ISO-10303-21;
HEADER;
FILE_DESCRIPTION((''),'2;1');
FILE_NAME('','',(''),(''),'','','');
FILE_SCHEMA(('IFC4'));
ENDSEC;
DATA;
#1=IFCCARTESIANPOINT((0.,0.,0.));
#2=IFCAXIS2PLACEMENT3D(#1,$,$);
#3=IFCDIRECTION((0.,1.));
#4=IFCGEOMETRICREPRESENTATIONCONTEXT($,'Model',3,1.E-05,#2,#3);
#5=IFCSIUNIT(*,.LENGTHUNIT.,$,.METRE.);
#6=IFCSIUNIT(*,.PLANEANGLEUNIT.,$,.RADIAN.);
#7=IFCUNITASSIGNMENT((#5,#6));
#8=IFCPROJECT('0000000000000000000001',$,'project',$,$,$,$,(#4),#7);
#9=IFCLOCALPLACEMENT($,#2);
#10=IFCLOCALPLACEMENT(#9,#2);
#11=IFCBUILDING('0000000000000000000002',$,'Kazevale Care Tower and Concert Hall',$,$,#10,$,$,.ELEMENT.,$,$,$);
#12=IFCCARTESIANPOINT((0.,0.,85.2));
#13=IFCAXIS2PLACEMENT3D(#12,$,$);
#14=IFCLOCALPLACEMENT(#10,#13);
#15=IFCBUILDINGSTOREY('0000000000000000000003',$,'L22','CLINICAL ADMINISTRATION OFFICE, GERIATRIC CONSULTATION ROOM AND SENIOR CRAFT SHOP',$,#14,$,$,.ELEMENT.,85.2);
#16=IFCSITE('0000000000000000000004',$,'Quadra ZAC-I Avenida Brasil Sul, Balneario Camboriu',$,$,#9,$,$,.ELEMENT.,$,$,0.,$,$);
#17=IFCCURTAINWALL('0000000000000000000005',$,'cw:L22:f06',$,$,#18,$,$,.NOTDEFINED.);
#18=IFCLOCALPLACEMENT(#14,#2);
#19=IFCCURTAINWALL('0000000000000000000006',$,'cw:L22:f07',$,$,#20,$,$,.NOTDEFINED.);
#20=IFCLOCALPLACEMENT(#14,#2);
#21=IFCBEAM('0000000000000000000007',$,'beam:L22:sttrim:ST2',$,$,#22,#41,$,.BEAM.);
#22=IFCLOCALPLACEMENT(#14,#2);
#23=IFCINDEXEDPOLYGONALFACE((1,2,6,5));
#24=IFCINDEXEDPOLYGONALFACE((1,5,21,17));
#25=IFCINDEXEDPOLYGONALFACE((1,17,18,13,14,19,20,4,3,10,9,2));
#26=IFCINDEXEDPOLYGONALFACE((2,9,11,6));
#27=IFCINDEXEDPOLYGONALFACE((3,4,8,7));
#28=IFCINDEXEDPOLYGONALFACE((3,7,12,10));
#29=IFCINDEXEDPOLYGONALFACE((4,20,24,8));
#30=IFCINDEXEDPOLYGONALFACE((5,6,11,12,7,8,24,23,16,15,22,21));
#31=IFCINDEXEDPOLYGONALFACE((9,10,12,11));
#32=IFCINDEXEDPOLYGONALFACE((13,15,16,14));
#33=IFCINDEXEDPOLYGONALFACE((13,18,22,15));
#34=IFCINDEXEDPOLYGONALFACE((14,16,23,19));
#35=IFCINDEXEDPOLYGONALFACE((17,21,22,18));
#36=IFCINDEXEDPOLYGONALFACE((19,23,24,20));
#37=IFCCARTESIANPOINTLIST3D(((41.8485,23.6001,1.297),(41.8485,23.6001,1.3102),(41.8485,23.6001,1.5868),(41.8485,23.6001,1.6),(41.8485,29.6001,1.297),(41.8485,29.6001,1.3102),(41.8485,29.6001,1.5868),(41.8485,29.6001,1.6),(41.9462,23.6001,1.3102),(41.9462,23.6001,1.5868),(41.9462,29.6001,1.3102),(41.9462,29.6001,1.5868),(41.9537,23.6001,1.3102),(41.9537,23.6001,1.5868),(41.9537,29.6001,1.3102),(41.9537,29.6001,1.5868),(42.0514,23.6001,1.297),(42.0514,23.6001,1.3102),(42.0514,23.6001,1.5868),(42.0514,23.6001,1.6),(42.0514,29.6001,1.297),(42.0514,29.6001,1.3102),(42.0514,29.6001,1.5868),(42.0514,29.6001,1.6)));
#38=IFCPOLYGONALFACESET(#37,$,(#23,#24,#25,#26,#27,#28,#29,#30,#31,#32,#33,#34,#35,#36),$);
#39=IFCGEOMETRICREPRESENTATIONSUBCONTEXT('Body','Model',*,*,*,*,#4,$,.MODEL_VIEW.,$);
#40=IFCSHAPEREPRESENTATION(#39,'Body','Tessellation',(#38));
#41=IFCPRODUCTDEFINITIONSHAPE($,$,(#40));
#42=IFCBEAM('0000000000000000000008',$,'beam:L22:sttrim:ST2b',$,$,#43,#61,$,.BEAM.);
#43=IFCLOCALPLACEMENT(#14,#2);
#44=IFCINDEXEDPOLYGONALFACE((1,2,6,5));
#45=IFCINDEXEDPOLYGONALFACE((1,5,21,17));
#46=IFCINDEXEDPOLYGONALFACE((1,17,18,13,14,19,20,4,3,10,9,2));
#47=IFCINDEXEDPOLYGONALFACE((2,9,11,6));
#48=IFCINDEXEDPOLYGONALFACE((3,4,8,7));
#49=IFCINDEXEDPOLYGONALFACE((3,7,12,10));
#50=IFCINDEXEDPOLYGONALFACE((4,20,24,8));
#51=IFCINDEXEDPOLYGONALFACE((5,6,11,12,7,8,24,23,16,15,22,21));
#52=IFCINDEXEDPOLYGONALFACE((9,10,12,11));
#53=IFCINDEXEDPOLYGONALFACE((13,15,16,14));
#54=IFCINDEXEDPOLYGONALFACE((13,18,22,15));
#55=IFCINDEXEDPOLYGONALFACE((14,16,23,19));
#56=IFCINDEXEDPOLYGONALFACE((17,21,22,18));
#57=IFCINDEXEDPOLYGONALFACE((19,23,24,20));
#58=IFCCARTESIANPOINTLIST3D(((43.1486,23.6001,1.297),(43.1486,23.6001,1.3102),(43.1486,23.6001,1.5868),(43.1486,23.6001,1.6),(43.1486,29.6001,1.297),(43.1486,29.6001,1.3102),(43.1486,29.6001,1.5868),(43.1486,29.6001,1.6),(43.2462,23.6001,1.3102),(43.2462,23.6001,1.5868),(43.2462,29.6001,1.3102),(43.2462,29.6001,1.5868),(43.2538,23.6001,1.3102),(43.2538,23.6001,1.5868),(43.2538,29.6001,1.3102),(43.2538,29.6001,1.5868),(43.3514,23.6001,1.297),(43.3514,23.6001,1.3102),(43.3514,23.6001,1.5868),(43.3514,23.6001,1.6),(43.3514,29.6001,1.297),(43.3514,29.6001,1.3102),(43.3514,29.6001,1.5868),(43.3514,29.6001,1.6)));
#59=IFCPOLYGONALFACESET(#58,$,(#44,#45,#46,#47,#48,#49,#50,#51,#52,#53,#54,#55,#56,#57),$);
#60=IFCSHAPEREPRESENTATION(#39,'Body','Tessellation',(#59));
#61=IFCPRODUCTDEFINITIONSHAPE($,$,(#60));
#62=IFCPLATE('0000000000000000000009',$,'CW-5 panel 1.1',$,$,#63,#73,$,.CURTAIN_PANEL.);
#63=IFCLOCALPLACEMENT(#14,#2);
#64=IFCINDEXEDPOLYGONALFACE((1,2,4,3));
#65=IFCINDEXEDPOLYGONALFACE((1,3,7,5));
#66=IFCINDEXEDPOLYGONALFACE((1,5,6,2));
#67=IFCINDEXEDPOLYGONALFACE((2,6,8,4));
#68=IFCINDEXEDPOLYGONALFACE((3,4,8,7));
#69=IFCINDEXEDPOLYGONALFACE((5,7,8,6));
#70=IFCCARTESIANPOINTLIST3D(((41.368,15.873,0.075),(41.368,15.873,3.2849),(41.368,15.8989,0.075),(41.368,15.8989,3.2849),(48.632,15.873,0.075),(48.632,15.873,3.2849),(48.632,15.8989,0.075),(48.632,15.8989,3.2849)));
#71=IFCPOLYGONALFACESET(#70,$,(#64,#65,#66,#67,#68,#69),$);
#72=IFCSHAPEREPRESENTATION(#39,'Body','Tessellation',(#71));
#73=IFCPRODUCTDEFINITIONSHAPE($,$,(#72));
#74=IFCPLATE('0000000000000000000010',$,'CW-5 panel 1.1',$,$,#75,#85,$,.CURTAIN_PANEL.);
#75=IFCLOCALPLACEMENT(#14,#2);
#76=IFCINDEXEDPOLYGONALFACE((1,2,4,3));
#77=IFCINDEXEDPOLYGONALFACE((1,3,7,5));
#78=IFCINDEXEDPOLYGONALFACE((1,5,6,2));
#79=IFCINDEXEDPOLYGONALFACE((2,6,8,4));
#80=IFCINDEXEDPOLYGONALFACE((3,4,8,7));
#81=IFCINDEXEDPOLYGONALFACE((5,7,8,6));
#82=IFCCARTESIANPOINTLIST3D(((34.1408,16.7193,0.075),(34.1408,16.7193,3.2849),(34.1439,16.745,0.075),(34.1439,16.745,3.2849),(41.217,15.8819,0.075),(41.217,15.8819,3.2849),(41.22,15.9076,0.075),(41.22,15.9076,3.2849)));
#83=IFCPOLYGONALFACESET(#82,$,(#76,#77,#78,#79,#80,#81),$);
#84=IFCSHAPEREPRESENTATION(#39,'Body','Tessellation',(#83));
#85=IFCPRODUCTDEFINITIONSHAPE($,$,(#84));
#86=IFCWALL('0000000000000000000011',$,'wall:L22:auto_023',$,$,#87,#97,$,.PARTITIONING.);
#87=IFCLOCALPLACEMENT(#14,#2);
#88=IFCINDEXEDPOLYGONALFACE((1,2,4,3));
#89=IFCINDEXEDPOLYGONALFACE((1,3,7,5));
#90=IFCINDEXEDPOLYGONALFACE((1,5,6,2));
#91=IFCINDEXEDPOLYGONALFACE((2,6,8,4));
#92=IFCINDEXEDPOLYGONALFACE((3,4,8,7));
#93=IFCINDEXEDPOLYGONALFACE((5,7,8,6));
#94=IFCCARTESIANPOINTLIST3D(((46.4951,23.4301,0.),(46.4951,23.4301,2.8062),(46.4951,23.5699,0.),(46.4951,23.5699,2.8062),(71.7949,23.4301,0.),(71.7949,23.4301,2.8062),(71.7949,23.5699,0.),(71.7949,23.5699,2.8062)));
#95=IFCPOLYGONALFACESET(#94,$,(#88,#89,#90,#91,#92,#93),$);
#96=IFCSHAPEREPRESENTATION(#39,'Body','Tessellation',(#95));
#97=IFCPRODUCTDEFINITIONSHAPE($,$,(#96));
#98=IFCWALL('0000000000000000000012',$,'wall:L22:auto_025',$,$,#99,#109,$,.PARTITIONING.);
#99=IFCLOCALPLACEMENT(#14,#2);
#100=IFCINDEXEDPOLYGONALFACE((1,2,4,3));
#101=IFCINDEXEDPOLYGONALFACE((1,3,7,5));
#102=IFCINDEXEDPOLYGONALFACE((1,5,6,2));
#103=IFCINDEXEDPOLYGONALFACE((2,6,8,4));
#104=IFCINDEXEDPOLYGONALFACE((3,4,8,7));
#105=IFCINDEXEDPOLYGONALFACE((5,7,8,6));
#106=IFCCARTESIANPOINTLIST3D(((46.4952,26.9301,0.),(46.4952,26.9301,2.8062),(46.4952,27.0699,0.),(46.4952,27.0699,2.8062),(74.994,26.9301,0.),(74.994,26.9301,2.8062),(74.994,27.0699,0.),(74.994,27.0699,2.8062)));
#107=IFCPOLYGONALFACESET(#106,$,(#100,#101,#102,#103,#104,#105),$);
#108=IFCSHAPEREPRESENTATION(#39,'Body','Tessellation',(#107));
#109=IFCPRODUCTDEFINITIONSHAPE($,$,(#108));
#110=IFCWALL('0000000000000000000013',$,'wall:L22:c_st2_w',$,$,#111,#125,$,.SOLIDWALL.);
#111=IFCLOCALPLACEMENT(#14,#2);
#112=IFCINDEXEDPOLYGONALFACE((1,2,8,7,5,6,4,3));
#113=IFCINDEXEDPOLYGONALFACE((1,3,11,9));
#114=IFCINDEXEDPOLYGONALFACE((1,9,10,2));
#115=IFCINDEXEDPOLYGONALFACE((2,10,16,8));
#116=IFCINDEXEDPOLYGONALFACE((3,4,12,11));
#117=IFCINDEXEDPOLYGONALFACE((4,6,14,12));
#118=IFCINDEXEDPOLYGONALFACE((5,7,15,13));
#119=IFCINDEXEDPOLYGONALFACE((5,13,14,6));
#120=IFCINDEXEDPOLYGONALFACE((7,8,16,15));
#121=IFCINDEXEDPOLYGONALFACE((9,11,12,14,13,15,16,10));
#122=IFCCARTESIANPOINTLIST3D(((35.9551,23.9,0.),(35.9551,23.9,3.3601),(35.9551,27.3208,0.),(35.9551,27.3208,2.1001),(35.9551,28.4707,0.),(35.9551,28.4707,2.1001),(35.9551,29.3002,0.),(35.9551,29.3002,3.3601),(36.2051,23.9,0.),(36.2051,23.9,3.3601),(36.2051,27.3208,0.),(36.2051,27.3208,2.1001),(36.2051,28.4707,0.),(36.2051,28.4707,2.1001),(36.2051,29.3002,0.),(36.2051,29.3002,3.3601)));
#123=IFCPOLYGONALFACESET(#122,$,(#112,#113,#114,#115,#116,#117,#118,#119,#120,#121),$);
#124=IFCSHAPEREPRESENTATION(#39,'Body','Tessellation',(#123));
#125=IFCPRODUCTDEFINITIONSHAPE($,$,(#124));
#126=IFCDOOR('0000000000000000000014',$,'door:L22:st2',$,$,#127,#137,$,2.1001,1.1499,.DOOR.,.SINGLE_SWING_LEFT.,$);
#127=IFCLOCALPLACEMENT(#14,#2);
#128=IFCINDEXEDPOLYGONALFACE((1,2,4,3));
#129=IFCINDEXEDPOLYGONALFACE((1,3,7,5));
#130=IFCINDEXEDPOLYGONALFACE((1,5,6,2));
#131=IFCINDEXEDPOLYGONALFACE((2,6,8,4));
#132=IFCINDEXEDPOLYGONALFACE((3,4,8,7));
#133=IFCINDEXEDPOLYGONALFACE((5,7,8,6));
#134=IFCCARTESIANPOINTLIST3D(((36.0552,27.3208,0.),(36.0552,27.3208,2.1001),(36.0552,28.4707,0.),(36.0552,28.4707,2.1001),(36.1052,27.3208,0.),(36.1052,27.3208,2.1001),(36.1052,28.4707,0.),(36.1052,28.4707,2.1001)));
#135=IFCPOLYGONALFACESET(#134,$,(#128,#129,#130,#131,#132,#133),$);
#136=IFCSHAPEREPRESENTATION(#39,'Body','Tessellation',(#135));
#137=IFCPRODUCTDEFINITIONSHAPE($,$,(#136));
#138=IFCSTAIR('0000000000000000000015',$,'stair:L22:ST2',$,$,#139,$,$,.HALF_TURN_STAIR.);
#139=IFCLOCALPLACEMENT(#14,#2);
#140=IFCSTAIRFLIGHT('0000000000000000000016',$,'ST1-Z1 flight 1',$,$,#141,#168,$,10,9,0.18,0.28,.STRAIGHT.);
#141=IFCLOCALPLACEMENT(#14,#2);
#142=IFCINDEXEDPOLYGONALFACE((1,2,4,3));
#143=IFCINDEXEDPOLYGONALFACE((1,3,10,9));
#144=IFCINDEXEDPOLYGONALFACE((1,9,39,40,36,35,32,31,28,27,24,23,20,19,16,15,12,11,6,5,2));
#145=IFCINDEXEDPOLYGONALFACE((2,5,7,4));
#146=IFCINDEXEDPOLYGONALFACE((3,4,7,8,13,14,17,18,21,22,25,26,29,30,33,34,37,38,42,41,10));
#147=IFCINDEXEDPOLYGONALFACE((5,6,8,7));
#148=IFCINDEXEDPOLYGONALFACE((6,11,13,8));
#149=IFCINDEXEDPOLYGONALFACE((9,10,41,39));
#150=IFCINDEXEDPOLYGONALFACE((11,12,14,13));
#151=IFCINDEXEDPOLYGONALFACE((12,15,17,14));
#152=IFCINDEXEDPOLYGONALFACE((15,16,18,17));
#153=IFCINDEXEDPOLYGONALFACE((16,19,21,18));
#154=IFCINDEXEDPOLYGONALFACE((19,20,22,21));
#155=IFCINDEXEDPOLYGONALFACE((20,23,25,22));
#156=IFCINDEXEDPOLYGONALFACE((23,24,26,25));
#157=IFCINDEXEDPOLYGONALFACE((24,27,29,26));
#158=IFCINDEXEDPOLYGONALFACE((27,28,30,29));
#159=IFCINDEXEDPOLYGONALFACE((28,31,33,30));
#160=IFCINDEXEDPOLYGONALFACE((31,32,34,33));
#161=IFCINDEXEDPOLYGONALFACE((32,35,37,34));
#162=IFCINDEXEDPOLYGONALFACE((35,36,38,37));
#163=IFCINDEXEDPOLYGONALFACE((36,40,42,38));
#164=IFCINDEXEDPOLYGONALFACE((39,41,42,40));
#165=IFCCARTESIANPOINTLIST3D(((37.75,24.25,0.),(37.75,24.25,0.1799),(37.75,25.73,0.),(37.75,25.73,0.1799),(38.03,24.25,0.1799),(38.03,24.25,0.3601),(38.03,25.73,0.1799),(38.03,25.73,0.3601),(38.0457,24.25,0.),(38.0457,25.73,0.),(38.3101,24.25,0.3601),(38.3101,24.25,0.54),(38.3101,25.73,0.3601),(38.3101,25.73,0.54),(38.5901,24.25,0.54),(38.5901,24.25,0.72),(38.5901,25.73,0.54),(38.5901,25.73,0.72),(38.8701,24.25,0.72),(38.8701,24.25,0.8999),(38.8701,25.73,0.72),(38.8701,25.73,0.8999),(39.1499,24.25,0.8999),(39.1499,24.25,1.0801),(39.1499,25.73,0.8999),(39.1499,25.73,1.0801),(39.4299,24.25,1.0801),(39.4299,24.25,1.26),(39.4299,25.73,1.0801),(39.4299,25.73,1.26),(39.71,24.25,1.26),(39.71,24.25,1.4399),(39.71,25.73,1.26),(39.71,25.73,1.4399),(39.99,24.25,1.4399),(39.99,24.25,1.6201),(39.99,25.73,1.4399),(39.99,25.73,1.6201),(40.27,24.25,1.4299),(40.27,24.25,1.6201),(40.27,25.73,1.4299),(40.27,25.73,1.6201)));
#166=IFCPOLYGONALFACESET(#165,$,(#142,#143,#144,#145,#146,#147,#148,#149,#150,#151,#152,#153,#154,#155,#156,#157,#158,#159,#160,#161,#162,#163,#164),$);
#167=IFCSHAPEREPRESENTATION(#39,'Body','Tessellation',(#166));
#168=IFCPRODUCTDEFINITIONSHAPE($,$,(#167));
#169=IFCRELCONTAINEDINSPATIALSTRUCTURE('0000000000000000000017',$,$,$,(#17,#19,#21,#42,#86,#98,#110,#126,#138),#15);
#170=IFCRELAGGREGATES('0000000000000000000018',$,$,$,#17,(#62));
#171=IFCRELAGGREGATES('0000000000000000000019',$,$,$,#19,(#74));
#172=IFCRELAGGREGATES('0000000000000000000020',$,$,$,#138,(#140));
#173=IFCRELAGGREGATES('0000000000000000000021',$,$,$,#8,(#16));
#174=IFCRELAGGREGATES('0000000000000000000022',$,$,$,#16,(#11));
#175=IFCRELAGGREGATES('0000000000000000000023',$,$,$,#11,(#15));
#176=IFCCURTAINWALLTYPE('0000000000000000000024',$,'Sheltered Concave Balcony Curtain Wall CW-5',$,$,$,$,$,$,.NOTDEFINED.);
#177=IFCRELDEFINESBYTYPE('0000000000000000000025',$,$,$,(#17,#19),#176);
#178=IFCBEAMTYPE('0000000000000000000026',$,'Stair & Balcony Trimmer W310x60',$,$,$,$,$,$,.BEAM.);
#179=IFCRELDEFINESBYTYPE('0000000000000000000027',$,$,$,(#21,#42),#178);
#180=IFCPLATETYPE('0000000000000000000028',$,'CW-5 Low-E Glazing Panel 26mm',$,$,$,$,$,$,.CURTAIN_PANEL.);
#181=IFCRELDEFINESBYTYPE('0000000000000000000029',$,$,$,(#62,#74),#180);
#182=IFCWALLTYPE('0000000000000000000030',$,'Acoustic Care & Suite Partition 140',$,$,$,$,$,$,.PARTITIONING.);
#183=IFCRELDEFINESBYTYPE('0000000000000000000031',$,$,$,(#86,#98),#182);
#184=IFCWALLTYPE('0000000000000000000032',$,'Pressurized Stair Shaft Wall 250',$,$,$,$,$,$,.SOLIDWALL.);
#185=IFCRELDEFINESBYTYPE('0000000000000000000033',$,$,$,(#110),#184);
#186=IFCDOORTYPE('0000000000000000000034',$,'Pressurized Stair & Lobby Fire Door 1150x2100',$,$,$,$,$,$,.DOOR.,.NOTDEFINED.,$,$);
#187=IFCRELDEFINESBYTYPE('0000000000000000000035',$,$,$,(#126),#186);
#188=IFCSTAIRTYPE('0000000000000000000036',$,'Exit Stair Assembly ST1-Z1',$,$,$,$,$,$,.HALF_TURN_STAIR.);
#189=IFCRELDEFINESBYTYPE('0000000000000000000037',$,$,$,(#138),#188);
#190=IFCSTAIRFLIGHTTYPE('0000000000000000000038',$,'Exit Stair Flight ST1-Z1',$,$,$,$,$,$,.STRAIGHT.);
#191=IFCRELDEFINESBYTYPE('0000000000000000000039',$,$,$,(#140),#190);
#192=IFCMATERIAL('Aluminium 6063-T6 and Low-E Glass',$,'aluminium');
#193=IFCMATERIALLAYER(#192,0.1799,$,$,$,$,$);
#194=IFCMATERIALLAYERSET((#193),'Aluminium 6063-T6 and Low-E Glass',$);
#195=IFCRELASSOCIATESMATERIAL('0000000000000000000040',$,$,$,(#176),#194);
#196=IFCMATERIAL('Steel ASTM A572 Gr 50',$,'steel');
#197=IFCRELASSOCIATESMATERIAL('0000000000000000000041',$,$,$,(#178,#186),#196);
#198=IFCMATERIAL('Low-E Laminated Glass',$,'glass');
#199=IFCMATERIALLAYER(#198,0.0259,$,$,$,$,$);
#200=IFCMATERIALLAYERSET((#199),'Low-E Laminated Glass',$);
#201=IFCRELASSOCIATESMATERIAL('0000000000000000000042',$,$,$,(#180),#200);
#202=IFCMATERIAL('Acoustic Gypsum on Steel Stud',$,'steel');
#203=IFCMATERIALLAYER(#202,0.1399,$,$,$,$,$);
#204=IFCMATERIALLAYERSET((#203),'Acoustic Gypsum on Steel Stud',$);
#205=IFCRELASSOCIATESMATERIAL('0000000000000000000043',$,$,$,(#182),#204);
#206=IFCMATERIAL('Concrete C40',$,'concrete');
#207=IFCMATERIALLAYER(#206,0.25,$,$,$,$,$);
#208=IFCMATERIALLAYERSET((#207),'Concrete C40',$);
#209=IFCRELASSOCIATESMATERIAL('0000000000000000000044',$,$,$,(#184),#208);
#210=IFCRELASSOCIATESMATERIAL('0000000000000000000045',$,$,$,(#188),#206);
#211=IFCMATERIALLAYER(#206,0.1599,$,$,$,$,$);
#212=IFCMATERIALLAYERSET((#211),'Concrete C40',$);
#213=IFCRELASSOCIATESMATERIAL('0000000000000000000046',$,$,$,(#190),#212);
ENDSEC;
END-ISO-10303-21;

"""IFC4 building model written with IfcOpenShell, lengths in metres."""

from ifc_helpers import new_model, si_unit, direction, frame, frame_2d, origin, origin_2d, place, context, subcontext, project, spatial, polyline, rectangle, i_section, outline, extrude, material, layer, layer_set, material_profile, profile_set, type_object, element, fill, aggregate, save


model = new_model("IFC4")

# Units and contexts
model_context = context("Model", 3, precision=1e-05, world=origin(), true_north=direction((0.0, 1.0)))
body_context = subcontext(model_context, "Body", "Model", "MODEL_VIEW")
ifc_project = project(units=[si_unit("LENGTHUNIT", "METRE"), si_unit("PLANEANGLEUNIT", "RADIAN")], contexts=[model_context])

# Site, building, storey
site_placement = place(None, origin())
site = spatial("IfcSite", under=ifc_project, at=site_placement, Name="Quadra ZAC-I Avenida Brasil Sul, Balneario Camboriu", CompositionType="ELEMENT", RefElevation=0.0)
building_placement = place(site_placement, origin())
building = spatial("IfcBuilding", under=site, at=building_placement, Name="Kazevale Care Tower and Concert Hall", CompositionType="ELEMENT")
storey_placement = place(building_placement, frame((0.0, 0.0, 85.2)))
storey = spatial("IfcBuildingStorey", under=building, at=storey_placement, Name="L22", Description="CLINICAL ADMINISTRATION OFFICE, GERIATRIC CONSULTATION ROOM AND SENIOR CRAFT SHOP", CompositionType="ELEMENT", Elevation=85.2)

# Curtain wall
ifc_material_1 = material(Name="Aluminium 6063-T6 and Low-E Glass", Category="aluminium")
ifc_layer_1 = layer(ifc_material_1, 0.1799)
ifc_layer_set_1 = layer_set([ifc_layer_1], Name="Aluminium 6063-T6 and Low-E Glass")
curtain_wall_type = type_object("IfcCurtainWallType", Name="Sheltered Concave Balcony Curtain Wall CW-5", PredefinedType="NOTDEFINED", material=ifc_layer_set_1)
curtain_wall_1_placement = place(storey_placement, origin())
curtain_wall_1 = element("IfcCurtainWall", 1, at=curtain_wall_1_placement, inside=storey, type_object=curtain_wall_type, Name="cw:L22:f06", PredefinedType="NOTDEFINED")

# Curtain wall
curtain_wall_2_placement = place(storey_placement, origin())
curtain_wall_2 = element("IfcCurtainWall", 2, at=curtain_wall_2_placement, inside=storey, type_object=curtain_wall_type, Name="cw:L22:f07", PredefinedType="NOTDEFINED")

# Beams
ifc_material_2 = material(Name="Steel ASTM A572 Gr 50", Category="steel")
ifc_material_profile_1 = material_profile(ifc_material_2, i_section(OverallWidth=0.2029, OverallDepth=0.303, WebThickness=0.0076, FlangeThickness=0.0132, at=origin_2d()), Name="W310x60")
ifc_profile_set_1 = profile_set([ifc_material_profile_1], Name="Steel ASTM A572 Gr 50")
beam_type_1 = type_object("IfcBeamType", Name="Stair & Balcony Trimmer W310x60", PredefinedType="BEAM", material=ifc_profile_set_1)
for number, where, z_axis, x_axis, name in (
    (3, (41.95, 23.6001, 1.4485), (0.0, 1.0, 0.0), (-1.0, 0.0, 0.0), "beam:L22:sttrim:ST2"),
    (4, (43.25, 23.6001, 1.4485), (0.0, 1.0, 0.0), (-1.0, 0.0, 0.0), "beam:L22:sttrim:ST2b"),
):
    element("IfcBeam", number, at=place(storey_placement, frame(where, z_axis=z_axis, x_axis=x_axis)), inside=storey, type_object=beam_type_1, Name=name, PredefinedType="BEAM", context=body_context, shape_type="SweptSolid", body=[
        extrude(i_section(OverallWidth=0.2029, OverallDepth=0.303, WebThickness=0.0076, FlangeThickness=0.0132, at=origin_2d()), origin(), (0.0, 0.0, 1.0), 6.0),
    ])

# Plates
ifc_material_3 = material(Name="Low-E Laminated Glass", Category="glass")
ifc_layer_2 = layer(ifc_material_3, 0.0259)
ifc_layer_set_2 = layer_set([ifc_layer_2], Name="Low-E Laminated Glass")
plate_type = type_object("IfcPlateType", Name="CW-5 Low-E Glazing Panel 26mm", PredefinedType="CURTAIN_PANEL", material=ifc_layer_set_2)
plate_1_placement = place(storey_placement, frame((45.0, 15.886, 0.075), z_axis=(0.0, 0.0, 1.0), x_axis=(-1.0, 0.0, 0.0)))
plate_1 = element("IfcPlate", 5, at=plate_1_placement, type_object=plate_type, Name="CW-5 panel 1.1", PredefinedType="CURTAIN_PANEL", context=body_context, shape_type="SweptSolid", body=[
    extrude(rectangle(XDim=7.2639, YDim=0.0259, at=origin_2d()), origin(), (0.0, 0.0, 1.0), 3.21),
])
aggregate(curtain_wall_1, [plate_1])
plate_2_placement = place(storey_placement, frame((37.6804, 16.3135, 0.075), z_axis=(0.0, 0.0, 1.0), x_axis=(-0.993071, 0.117519, 0.0)))
plate_2 = element("IfcPlate", 6, at=plate_2_placement, type_object=plate_type, Name="CW-5 panel 1.1", PredefinedType="CURTAIN_PANEL", context=body_context, shape_type="SweptSolid", body=[
    extrude(rectangle(XDim=7.1255, YDim=0.0259, at=origin_2d()), origin(), (0.0, 0.0, 1.0), 3.21),
])
aggregate(curtain_wall_2, [plate_2])

# Walls
ifc_material_4 = material(Name="Acoustic Gypsum on Steel Stud", Category="steel")
ifc_layer_3 = layer(ifc_material_4, 0.1399)
ifc_layer_set_3 = layer_set([ifc_layer_3], Name="Acoustic Gypsum on Steel Stud")
wall_type_1 = type_object("IfcWallType", Name="Acoustic Care & Suite Partition 140", PredefinedType="PARTITIONING", material=ifc_layer_set_3)
wall_1_placement = place(storey_placement, frame((46.4951, 23.5, 0.0), z_axis=(0.0, 0.0, 1.0), x_axis=(1.0, 0.0, 0.0)))
element("IfcWall", 7, at=wall_1_placement, inside=storey, type_object=wall_type_1, Name="wall:L22:auto_023", PredefinedType="PARTITIONING", context=body_context, shape_type="SweptSolid", body=[
    extrude(rectangle(XDim=25.2998, YDim=0.1399, at=frame_2d((12.6499, 0.0))), origin(), (0.0, 0.0, 1.0), 2.8062),
])
wall_2_placement = place(storey_placement, frame((46.4951, 27.0, 0.0), z_axis=(0.0, 0.0, 1.0), x_axis=(1.0, 0.0, 0.0)))
element("IfcWall", 8, at=wall_2_placement, inside=storey, type_object=wall_type_1, Name="wall:L22:auto_025", PredefinedType="PARTITIONING", context=body_context, shape_type="SweptSolid", body=[
    extrude(rectangle(XDim=28.4988, YDim=0.1399, at=frame_2d((14.2495, 0.0))), origin(), (0.0, 0.0, 1.0), 2.8062),
])

# Wall, opening, door
ifc_material_5 = material(Name="Concrete C40", Category="concrete")
ifc_layer_4 = layer(ifc_material_5, 0.25)
ifc_layer_set_4 = layer_set([ifc_layer_4], Name="Concrete C40")
wall_type_2 = type_object("IfcWallType", Name="Pressurized Stair Shaft Wall 250", PredefinedType="SOLIDWALL", material=ifc_layer_set_4)
wall_3_placement = place(storey_placement, frame((36.0801, 23.8999, 0.0), z_axis=(0.0, 0.0, 1.0), x_axis=(0.0, 1.0, 0.0)))
wall_3 = element("IfcWall", 9, at=wall_3_placement, inside=storey, type_object=wall_type_2, Name="wall:L22:c_st2_w", PredefinedType="SOLIDWALL", context=body_context, shape_type="SweptSolid", body=[
    extrude(rectangle(XDim=5.4001, YDim=0.25, at=frame_2d((2.7002, 0.0))), origin(), (0.0, 0.0, 1.0), 3.3601),
])
opening_1_placement = place(wall_3_placement, frame((3.4209, 0.0, 0.0)))
opening_1 = element("IfcOpeningElement", 10, at=opening_1_placement, cuts=wall_3, PredefinedType="OPENING", context=body_context, shape_type="SweptSolid", body=[
    extrude(rectangle(XDim=1.1499, YDim=2.1001, at=frame_2d((0.575, 1.05))), frame((0.0, 0.135, 0.0), z_axis=(0.0, -1.0, 0.0), x_axis=(1.0, 0.0, 0.0)), (0.0, 0.0, 1.0), 0.27),
])
door_type_1 = type_object("IfcDoorType", Name="Pressurized Stair & Lobby Fire Door 1150x2100", OperationType="NOTDEFINED", PredefinedType="DOOR", material=ifc_material_2)
door_1_placement = place(opening_1_placement, origin())
door_1 = element("IfcDoor", 11, at=door_1_placement, inside=storey, type_object=door_type_1, Name="door:L22:st2", OperationType="SINGLE_SWING_LEFT", OverallHeight=2.1001, OverallWidth=1.1499, PredefinedType="DOOR", context=body_context, shape_type="SweptSolid", body=[
    extrude(rectangle(XDim=1.1499, YDim=2.1001, at=frame_2d((0.575, 1.05))), frame((0.0, 0.0249, 0.0), z_axis=(0.0, -1.0, 0.0), x_axis=(1.0, 0.0, 0.0)), (0.0, 0.0, 1.0), 0.05),
])
fill(opening_1, door_1)

# Stair, stair flight
stair_type = type_object("IfcStairType", Name="Exit Stair Assembly ST1-Z1", PredefinedType="HALF_TURN_STAIR", material=ifc_material_5)
stair_placement = place(storey_placement, origin())
stair = element("IfcStair", 12, at=stair_placement, inside=storey, type_object=stair_type, Name="stair:L22:ST2", PredefinedType="HALF_TURN_STAIR")
ifc_layer_5 = layer(ifc_material_5, 0.1599)
ifc_layer_set_5 = layer_set([ifc_layer_5], Name="Concrete C40")
stair_flight_type = type_object("IfcStairFlightType", Name="Exit Stair Flight ST1-Z1", PredefinedType="STRAIGHT", material=ifc_layer_set_5)
stair_flight_placement = place(storey_placement, frame((37.75, 24.99, 0.0), z_axis=(0.0, 0.0, 1.0), x_axis=(1.0, 0.0, 0.0)))
stair_flight = element("IfcStairFlight", 13, at=stair_flight_placement, type_object=stair_flight_type, Name="ST1-Z1 flight 1", NumberOfRisers=10, NumberOfTreads=9, PredefinedType="STRAIGHT", RiserHeight=0.18, TreadLength=0.28, context=body_context, shape_type="SweptSolid", body=[
    extrude(outline(polyline([(0.0, 0.0), (0.0, 0.1799), (0.28, 0.1799), (0.28, 0.3601), (0.5601, 0.3601), (0.5601, 0.54), (0.8401, 0.54), (0.8401, 0.72), (1.1201, 0.72), (1.1201, 0.8999), (1.3999, 0.8999), (1.3999, 1.0801), (1.6799, 1.0801), (1.6799, 1.26), (1.96, 1.26), (1.96, 1.4399), (2.24, 1.4399), (2.24, 1.6201), (2.52, 1.6201), (2.52, 1.8), (2.52, 1.4299), (0.2957, 0.0), (0.0, 0.0)])), frame((0.0, 0.74, 0.0), z_axis=(0.0, -1.0, 0.0), x_axis=(1.0, 0.0, 0.0)), (0.0, 0.0, 1.0), 1.48),
])
aggregate(stair, [stair_flight])

save(model, "model.ifc")
